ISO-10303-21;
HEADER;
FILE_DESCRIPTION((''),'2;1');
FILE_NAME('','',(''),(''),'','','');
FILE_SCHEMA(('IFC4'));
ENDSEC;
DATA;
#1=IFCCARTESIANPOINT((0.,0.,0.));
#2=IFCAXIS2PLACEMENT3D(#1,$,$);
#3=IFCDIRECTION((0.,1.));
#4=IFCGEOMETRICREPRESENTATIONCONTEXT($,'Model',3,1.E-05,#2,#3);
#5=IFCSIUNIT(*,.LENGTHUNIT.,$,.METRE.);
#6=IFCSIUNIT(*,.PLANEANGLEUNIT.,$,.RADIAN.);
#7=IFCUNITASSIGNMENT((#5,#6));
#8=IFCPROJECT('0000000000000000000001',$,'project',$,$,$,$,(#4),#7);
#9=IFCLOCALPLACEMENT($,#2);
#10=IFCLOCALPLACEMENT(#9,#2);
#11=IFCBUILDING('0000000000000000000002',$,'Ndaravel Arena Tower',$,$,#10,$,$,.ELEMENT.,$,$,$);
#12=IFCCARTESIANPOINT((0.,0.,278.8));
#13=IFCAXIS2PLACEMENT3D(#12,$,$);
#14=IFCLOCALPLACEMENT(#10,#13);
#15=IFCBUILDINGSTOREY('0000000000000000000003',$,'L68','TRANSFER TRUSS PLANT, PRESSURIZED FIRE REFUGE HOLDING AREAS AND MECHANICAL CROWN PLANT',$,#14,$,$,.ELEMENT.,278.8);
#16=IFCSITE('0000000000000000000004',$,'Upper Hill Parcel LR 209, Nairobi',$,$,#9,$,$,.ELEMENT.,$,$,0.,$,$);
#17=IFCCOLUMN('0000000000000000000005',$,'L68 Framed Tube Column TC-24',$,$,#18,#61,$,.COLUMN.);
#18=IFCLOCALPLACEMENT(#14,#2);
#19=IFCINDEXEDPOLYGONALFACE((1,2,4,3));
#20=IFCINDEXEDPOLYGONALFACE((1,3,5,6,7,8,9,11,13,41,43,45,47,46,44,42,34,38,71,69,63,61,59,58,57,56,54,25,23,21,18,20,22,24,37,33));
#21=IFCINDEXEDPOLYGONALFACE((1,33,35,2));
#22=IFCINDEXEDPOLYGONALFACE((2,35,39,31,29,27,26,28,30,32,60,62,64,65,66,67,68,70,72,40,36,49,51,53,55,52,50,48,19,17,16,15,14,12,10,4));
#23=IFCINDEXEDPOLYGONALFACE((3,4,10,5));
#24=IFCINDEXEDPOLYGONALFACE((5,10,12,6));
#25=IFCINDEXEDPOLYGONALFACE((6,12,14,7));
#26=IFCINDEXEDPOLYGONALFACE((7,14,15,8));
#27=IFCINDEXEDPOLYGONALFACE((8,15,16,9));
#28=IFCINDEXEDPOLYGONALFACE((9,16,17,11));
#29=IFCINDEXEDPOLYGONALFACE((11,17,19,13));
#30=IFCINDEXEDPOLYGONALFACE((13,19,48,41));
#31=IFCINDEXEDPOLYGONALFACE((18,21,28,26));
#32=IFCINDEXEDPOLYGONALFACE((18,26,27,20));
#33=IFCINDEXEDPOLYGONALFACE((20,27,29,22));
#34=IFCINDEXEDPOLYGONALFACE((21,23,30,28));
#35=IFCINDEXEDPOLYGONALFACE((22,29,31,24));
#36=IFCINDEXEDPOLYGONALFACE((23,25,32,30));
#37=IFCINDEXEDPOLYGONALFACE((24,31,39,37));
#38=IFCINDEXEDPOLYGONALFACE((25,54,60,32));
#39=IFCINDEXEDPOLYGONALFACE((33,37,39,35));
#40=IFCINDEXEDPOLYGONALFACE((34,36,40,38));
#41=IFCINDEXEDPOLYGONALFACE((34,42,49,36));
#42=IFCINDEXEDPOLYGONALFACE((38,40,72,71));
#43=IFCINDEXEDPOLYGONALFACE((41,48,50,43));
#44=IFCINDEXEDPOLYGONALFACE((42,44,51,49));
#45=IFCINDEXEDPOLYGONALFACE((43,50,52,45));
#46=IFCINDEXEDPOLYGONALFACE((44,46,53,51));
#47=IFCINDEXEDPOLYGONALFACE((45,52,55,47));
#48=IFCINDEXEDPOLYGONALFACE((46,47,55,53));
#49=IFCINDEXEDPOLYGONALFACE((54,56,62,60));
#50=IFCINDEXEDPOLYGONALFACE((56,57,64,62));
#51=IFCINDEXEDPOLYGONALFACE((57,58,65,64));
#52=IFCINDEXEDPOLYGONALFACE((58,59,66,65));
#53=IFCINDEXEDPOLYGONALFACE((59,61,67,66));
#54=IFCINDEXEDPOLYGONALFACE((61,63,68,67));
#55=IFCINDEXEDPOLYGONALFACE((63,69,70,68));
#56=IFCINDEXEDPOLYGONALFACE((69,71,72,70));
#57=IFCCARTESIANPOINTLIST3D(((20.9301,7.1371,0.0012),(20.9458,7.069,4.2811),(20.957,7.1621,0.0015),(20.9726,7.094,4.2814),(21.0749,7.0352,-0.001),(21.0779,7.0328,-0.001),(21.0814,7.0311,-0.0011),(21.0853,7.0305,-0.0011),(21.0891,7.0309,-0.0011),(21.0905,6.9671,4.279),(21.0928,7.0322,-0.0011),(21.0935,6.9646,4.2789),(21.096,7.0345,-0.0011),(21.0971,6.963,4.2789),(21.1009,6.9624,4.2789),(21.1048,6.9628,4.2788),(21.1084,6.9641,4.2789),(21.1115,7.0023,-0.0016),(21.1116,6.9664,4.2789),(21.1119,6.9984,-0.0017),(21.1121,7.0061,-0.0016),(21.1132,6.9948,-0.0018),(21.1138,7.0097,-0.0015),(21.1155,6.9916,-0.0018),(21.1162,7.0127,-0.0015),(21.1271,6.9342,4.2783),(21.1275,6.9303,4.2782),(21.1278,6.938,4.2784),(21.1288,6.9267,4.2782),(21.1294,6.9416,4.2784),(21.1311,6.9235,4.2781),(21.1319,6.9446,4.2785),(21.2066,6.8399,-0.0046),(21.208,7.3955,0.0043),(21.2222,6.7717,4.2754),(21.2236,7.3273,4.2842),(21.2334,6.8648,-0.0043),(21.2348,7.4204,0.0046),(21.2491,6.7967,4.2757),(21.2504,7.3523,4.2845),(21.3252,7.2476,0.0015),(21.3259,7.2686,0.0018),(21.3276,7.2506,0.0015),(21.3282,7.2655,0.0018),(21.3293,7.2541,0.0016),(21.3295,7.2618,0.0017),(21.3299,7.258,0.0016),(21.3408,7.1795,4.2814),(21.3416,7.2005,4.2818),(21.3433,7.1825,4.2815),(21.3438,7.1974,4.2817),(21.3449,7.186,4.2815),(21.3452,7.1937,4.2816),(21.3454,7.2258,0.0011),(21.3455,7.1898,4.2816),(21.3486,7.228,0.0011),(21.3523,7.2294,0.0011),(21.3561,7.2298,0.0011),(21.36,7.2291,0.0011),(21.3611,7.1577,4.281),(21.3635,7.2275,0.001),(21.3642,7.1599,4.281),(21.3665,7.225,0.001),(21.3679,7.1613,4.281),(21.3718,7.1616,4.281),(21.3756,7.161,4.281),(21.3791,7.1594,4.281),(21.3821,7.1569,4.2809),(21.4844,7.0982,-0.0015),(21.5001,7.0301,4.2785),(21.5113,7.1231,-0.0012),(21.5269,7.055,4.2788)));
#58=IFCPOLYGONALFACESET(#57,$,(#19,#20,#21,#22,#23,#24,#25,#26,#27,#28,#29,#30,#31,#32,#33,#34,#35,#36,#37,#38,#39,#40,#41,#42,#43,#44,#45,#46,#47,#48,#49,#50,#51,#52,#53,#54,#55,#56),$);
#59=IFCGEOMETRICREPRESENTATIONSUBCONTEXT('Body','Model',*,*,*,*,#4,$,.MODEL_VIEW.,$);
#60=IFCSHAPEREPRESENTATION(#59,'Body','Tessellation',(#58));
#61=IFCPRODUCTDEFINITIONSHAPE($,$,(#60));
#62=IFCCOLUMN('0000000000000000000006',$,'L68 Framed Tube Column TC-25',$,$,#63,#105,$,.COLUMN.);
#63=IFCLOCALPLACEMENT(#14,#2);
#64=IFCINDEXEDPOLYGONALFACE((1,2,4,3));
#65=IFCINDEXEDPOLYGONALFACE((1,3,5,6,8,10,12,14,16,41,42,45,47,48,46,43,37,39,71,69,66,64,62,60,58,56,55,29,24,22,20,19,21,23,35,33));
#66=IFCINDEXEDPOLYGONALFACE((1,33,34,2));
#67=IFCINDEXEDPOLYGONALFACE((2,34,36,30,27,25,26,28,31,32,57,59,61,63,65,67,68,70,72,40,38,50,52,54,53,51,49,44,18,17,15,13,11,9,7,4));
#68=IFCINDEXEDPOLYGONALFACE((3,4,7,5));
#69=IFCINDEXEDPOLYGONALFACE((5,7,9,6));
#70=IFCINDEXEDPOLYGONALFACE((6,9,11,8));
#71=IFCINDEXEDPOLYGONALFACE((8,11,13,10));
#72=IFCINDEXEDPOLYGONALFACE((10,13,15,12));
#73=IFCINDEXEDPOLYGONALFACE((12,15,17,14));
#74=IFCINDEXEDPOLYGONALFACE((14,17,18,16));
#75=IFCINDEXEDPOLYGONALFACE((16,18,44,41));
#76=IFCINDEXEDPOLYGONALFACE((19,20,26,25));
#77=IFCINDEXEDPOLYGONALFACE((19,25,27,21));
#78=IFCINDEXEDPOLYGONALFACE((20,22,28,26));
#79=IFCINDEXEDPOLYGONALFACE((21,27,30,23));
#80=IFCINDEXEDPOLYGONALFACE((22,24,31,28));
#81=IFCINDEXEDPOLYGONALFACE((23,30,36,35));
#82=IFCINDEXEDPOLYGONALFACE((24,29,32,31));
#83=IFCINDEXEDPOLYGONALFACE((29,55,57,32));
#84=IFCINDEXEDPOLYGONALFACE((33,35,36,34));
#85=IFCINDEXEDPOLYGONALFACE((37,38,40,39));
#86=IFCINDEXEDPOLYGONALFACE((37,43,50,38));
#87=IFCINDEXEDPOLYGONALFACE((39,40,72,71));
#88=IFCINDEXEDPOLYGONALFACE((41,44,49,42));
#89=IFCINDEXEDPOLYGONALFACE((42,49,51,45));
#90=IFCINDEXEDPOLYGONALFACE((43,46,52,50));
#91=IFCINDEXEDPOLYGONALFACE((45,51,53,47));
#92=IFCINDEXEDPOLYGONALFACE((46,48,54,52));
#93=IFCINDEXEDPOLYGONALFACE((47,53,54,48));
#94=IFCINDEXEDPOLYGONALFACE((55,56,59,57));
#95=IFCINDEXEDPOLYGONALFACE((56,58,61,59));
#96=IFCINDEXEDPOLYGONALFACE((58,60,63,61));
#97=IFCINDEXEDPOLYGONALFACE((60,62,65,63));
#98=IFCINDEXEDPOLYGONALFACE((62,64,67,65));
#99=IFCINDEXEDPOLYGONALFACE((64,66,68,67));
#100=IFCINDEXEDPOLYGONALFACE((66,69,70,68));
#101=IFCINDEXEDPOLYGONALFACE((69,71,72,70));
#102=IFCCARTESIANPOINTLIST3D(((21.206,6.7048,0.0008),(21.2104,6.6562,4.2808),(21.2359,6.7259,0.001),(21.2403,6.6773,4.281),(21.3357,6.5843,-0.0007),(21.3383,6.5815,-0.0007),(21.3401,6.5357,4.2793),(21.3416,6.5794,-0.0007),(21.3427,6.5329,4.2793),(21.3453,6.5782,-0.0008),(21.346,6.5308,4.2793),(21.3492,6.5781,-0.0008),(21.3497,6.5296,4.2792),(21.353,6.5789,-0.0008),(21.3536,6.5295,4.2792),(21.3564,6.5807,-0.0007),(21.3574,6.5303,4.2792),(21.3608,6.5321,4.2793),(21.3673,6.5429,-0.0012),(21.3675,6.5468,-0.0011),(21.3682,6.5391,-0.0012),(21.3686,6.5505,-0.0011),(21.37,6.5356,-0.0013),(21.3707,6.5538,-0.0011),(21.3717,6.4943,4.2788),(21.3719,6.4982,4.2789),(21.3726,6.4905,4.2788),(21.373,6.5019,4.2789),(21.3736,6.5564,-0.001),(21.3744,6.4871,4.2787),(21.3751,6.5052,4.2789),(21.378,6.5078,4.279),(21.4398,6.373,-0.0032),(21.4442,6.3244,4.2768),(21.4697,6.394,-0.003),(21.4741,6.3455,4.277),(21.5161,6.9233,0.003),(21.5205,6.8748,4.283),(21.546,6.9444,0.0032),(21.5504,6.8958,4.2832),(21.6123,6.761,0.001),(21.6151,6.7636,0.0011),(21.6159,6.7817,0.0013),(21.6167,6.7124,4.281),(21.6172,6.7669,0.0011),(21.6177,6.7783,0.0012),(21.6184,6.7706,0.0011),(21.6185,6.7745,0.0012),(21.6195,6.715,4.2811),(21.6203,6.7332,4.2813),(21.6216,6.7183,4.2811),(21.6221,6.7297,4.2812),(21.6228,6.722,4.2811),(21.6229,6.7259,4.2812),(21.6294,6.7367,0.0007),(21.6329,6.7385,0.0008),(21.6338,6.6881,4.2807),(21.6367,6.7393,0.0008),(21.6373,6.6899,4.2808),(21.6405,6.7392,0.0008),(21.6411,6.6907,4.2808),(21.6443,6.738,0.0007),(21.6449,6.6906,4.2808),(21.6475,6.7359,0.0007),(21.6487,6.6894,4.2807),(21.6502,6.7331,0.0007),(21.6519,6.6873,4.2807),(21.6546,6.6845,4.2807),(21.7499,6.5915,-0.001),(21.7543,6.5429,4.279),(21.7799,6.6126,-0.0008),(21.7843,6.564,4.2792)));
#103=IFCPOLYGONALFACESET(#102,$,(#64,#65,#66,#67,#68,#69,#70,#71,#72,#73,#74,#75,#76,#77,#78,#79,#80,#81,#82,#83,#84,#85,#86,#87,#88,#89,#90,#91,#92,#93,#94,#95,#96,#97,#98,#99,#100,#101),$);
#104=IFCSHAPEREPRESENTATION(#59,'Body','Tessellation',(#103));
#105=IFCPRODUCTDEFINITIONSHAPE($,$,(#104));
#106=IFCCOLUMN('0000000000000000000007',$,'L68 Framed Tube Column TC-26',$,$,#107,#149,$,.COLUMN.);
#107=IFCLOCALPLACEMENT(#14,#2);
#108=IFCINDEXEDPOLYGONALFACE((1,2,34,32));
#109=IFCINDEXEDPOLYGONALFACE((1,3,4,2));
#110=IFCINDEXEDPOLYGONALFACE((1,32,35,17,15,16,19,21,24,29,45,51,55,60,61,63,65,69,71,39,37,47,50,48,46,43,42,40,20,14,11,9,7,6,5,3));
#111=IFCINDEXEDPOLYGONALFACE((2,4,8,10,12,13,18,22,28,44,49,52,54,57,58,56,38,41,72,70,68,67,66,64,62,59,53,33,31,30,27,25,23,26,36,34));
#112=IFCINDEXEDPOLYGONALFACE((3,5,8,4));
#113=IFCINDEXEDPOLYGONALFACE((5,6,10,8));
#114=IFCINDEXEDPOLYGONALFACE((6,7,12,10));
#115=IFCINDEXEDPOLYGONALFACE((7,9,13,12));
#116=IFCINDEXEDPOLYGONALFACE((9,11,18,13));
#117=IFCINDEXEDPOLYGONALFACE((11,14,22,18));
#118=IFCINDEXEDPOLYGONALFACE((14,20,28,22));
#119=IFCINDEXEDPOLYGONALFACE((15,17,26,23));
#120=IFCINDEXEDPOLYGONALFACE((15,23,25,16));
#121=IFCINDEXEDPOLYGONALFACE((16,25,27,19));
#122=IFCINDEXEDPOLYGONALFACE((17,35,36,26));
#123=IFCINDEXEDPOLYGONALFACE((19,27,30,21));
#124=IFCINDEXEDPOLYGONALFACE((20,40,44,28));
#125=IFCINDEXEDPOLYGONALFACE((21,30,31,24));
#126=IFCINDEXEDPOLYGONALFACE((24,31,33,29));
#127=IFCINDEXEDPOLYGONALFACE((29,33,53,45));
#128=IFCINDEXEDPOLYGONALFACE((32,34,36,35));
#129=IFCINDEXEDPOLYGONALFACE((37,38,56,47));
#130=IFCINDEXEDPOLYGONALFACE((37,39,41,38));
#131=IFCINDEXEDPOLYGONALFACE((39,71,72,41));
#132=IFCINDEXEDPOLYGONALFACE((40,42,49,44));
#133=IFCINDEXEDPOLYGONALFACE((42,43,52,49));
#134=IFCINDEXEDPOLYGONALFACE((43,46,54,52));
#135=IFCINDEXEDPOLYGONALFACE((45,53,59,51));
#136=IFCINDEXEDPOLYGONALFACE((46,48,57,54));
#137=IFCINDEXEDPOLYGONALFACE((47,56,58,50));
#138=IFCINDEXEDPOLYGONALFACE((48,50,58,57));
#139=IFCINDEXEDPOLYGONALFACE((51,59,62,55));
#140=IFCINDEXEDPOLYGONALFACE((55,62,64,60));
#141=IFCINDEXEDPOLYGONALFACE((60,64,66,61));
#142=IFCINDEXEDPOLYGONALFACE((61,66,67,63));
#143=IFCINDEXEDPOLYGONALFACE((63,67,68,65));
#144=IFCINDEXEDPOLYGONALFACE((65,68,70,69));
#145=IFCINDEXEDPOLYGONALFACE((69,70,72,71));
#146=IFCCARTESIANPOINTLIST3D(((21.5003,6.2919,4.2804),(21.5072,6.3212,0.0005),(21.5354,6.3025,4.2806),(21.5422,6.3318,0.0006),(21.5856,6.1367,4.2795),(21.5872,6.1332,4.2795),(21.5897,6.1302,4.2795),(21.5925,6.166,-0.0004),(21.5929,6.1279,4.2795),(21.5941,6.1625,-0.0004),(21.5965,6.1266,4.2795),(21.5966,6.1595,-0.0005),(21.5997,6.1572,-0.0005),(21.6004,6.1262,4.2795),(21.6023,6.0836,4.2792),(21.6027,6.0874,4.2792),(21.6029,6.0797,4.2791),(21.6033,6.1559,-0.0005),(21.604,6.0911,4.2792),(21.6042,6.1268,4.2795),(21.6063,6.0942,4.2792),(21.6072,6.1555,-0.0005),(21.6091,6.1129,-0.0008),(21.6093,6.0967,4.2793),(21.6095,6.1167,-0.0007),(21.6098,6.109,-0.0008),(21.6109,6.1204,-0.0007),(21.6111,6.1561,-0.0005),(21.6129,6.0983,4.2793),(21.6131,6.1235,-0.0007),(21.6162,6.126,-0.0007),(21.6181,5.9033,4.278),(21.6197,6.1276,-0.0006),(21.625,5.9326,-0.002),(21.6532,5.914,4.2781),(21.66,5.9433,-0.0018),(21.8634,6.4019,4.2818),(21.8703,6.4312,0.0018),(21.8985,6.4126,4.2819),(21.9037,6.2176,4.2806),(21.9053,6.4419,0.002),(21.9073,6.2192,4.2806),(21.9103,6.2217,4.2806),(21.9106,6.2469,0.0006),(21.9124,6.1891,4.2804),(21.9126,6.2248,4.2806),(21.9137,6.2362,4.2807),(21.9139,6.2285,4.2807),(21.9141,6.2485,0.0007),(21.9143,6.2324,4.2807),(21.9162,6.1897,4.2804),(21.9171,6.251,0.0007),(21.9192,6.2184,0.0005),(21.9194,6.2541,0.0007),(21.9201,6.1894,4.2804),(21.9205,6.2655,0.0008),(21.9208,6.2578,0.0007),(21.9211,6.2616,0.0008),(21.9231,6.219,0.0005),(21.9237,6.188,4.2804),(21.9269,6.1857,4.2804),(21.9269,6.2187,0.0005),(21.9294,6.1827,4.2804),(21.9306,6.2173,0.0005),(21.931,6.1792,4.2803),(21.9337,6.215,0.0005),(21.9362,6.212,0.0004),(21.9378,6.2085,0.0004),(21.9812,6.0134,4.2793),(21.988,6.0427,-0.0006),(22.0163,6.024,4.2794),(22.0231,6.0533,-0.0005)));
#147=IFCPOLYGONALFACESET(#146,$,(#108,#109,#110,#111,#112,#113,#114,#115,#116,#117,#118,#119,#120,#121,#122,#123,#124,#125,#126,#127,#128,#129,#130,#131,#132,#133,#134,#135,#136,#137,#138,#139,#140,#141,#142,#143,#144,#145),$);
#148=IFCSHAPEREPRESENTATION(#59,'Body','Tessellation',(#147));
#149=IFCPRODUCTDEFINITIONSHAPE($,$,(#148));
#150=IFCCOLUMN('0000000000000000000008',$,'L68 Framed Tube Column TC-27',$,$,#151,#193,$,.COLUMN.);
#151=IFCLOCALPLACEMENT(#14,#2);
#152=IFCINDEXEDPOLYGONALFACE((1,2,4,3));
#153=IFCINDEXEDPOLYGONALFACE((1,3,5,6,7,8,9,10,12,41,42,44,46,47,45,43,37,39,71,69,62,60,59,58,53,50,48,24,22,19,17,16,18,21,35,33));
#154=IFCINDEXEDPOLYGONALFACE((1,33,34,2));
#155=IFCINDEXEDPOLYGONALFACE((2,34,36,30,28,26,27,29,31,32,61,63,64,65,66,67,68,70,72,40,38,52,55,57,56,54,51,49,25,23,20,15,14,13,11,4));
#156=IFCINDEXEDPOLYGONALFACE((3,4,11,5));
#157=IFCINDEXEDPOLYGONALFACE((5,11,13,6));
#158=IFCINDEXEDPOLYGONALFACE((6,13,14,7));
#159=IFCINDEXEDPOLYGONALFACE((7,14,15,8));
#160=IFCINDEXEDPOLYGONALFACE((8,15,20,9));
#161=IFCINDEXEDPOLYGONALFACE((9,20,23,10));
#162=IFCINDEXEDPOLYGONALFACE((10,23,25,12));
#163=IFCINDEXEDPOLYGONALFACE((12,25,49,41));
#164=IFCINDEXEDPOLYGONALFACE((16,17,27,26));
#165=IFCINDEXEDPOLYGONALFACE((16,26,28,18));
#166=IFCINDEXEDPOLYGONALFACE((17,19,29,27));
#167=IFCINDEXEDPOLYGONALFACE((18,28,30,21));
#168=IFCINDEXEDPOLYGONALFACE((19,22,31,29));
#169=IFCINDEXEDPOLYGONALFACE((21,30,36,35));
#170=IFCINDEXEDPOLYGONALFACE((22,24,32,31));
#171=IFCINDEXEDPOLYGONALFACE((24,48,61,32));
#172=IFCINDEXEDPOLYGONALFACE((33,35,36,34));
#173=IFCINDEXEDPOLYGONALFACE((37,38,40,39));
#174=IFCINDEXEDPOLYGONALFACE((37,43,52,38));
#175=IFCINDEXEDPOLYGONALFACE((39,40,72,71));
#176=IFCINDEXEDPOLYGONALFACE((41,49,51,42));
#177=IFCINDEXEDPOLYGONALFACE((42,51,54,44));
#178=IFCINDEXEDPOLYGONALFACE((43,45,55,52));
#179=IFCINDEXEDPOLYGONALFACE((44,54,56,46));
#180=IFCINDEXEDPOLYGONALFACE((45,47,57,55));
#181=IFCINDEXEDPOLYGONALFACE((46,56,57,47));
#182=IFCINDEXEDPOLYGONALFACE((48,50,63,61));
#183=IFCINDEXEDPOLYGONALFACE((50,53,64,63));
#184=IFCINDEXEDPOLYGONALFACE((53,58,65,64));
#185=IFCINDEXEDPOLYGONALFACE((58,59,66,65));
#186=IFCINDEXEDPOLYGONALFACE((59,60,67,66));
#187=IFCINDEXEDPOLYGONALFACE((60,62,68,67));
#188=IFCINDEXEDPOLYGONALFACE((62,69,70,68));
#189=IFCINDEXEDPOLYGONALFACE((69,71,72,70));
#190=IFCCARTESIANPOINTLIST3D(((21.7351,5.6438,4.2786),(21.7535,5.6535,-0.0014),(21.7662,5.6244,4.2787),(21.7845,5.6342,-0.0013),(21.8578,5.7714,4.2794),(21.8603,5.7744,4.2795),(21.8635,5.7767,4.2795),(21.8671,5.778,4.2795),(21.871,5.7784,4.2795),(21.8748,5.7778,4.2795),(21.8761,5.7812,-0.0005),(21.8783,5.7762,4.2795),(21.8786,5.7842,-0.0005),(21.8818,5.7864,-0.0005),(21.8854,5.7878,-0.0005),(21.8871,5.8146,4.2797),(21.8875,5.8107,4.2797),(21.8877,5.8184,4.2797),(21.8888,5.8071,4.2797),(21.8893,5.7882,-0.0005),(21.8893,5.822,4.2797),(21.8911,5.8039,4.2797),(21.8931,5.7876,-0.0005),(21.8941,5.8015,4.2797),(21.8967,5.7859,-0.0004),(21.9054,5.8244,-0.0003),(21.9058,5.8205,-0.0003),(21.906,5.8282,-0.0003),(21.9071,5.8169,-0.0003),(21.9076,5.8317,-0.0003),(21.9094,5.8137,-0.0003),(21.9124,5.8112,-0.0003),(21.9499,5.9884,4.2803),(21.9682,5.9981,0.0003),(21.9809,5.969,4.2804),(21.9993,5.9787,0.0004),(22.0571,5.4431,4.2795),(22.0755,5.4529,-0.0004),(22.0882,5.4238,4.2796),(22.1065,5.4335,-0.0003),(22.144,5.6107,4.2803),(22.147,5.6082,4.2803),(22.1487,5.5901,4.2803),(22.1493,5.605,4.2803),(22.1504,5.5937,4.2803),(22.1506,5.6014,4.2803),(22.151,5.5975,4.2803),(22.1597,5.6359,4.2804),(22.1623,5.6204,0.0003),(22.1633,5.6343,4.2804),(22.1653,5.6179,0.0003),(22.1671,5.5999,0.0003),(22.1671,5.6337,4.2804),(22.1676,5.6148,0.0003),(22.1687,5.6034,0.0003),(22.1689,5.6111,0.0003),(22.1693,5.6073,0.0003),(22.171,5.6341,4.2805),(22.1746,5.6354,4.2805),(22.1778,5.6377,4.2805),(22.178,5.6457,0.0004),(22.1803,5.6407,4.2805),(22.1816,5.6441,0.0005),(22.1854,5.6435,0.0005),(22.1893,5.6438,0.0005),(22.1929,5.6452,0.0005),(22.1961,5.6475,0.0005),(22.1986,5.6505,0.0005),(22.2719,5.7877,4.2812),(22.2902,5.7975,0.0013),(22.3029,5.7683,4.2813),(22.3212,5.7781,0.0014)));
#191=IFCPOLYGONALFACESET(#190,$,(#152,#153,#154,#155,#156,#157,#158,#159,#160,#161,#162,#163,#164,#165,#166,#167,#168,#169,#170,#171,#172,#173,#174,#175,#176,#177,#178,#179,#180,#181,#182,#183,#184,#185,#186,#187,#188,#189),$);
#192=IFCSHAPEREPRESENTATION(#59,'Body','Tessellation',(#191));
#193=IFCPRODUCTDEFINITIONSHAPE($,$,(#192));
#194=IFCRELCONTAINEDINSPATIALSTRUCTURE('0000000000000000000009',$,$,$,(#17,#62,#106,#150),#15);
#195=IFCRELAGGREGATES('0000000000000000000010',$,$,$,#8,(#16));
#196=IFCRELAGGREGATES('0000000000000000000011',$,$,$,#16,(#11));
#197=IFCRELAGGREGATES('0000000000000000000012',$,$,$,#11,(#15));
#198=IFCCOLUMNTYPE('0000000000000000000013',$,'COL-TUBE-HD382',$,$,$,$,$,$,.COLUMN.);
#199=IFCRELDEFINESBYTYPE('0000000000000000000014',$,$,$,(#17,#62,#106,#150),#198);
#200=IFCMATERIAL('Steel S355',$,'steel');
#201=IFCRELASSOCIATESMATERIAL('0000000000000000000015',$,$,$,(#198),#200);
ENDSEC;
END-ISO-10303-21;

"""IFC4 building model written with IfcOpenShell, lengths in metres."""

from ifc_helpers import new_model, si_unit, direction, frame, origin, origin_2d, place, context, subcontext, project, spatial, i_section, extrude, material, material_profile, profile_set, type_object, element, save


model = new_model("IFC4")

# Units and contexts
model_context = context("Model", 3, precision=1e-05, world=origin(), true_north=direction((0.0, 1.0)))
body_context = subcontext(model_context, "Body", "Model", "MODEL_VIEW")
ifc_project = project(units=[si_unit("LENGTHUNIT", "METRE"), si_unit("PLANEANGLEUNIT", "RADIAN")], contexts=[model_context])

# Site, building, storey
site_placement = place(None, origin())
site = spatial("IfcSite", under=ifc_project, at=site_placement, Name="Upper Hill Parcel LR 209, Nairobi", CompositionType="ELEMENT", RefElevation=0.0)
building_placement = place(site_placement, origin())
building = spatial("IfcBuilding", under=site, at=building_placement, Name="Ndaravel Arena Tower", CompositionType="ELEMENT")
storey_placement = place(building_placement, frame((0.0, 0.0, 278.8)))
storey = spatial("IfcBuildingStorey", under=building, at=storey_placement, Name="L68", Description="TRANSFER TRUSS PLANT, PRESSURIZED FIRE REFUGE HOLDING AREAS AND MECHANICAL CROWN PLANT", CompositionType="ELEMENT", Elevation=278.8)

# Columns
ifc_material_1 = material(Name="Steel S355", Category="steel")
ifc_material_profile_1 = material_profile(ifc_material_1, i_section(OverallWidth=0.406, OverallDepth=0.416, WebThickness=0.0298, FlangeThickness=0.0366, FilletRadius=0.0149, at=origin_2d()), Name="HD 400x382")
ifc_profile_set_1 = profile_set([ifc_material_profile_1], Name="Steel S355")
column_type = type_object("IfcColumnType", Name="COL-TUBE-HD382", PredefinedType="COLUMN", material=ifc_profile_set_1)
column_1_placement = place(storey_placement, frame((21.2207, 7.1301, 0.0), z_axis=(0.00365, -0.015913, 0.999867), x_axis=(-0.680946, 0.732197, 0.014139)))
element("IfcColumn", 1, at=column_1_placement, inside=storey, type_object=column_type, Name="L68 Framed Tube Column TC-24", PredefinedType="COLUMN", context=body_context, shape_type="SweptSolid", body=[
    extrude(i_section(OverallWidth=0.406, OverallDepth=0.416, WebThickness=0.0298, FlangeThickness=0.0366, FilletRadius=0.0149, at=origin_2d()), origin(), (0.0, 0.0, 1.0), 4.2805),
])
column_2_placement = place(storey_placement, frame((21.4929, 6.6587, 0.0), z_axis=(0.001027, -0.011351, 0.999935), x_axis=(-0.575977, 0.817406, 0.00987)))
element("IfcColumn", 2, at=column_2_placement, inside=storey, type_object=column_type, Name="L68 Framed Tube Column TC-25", PredefinedType="COLUMN", context=body_context, shape_type="SweptSolid", body=[
    extrude(i_section(OverallWidth=0.406, OverallDepth=0.416, WebThickness=0.0298, FlangeThickness=0.0366, FilletRadius=0.0149, at=origin_2d()), origin(), (0.0, 0.0, 1.0), 4.2803),
])
for number, where, z_axis, x_axis, name in (
    (3, (21.7651, 6.1873, 0.0), (-0.001597, -0.006845, 0.999975), (-0.290139, 0.956965, 0.006087), "L68 Framed Tube Column TC-26"),
    (4, (22.0374, 5.7158, 0.0), (-0.004278, -0.002282, 0.999988), (0.528837, 0.848713, 0.004199), "L68 Framed Tube Column TC-27"),
):
    element("IfcColumn", number, at=place(storey_placement, frame(where, z_axis=z_axis, x_axis=x_axis)), inside=storey, type_object=column_type, Name=name, PredefinedType="COLUMN", context=body_context, shape_type="SweptSolid", body=[
        extrude(i_section(OverallWidth=0.406, OverallDepth=0.416, WebThickness=0.0298, FlangeThickness=0.0366, FilletRadius=0.0149, at=origin_2d()), origin(), (0.0, 0.0, 1.0), 4.28),
    ])

save(model, "model.ifc")
